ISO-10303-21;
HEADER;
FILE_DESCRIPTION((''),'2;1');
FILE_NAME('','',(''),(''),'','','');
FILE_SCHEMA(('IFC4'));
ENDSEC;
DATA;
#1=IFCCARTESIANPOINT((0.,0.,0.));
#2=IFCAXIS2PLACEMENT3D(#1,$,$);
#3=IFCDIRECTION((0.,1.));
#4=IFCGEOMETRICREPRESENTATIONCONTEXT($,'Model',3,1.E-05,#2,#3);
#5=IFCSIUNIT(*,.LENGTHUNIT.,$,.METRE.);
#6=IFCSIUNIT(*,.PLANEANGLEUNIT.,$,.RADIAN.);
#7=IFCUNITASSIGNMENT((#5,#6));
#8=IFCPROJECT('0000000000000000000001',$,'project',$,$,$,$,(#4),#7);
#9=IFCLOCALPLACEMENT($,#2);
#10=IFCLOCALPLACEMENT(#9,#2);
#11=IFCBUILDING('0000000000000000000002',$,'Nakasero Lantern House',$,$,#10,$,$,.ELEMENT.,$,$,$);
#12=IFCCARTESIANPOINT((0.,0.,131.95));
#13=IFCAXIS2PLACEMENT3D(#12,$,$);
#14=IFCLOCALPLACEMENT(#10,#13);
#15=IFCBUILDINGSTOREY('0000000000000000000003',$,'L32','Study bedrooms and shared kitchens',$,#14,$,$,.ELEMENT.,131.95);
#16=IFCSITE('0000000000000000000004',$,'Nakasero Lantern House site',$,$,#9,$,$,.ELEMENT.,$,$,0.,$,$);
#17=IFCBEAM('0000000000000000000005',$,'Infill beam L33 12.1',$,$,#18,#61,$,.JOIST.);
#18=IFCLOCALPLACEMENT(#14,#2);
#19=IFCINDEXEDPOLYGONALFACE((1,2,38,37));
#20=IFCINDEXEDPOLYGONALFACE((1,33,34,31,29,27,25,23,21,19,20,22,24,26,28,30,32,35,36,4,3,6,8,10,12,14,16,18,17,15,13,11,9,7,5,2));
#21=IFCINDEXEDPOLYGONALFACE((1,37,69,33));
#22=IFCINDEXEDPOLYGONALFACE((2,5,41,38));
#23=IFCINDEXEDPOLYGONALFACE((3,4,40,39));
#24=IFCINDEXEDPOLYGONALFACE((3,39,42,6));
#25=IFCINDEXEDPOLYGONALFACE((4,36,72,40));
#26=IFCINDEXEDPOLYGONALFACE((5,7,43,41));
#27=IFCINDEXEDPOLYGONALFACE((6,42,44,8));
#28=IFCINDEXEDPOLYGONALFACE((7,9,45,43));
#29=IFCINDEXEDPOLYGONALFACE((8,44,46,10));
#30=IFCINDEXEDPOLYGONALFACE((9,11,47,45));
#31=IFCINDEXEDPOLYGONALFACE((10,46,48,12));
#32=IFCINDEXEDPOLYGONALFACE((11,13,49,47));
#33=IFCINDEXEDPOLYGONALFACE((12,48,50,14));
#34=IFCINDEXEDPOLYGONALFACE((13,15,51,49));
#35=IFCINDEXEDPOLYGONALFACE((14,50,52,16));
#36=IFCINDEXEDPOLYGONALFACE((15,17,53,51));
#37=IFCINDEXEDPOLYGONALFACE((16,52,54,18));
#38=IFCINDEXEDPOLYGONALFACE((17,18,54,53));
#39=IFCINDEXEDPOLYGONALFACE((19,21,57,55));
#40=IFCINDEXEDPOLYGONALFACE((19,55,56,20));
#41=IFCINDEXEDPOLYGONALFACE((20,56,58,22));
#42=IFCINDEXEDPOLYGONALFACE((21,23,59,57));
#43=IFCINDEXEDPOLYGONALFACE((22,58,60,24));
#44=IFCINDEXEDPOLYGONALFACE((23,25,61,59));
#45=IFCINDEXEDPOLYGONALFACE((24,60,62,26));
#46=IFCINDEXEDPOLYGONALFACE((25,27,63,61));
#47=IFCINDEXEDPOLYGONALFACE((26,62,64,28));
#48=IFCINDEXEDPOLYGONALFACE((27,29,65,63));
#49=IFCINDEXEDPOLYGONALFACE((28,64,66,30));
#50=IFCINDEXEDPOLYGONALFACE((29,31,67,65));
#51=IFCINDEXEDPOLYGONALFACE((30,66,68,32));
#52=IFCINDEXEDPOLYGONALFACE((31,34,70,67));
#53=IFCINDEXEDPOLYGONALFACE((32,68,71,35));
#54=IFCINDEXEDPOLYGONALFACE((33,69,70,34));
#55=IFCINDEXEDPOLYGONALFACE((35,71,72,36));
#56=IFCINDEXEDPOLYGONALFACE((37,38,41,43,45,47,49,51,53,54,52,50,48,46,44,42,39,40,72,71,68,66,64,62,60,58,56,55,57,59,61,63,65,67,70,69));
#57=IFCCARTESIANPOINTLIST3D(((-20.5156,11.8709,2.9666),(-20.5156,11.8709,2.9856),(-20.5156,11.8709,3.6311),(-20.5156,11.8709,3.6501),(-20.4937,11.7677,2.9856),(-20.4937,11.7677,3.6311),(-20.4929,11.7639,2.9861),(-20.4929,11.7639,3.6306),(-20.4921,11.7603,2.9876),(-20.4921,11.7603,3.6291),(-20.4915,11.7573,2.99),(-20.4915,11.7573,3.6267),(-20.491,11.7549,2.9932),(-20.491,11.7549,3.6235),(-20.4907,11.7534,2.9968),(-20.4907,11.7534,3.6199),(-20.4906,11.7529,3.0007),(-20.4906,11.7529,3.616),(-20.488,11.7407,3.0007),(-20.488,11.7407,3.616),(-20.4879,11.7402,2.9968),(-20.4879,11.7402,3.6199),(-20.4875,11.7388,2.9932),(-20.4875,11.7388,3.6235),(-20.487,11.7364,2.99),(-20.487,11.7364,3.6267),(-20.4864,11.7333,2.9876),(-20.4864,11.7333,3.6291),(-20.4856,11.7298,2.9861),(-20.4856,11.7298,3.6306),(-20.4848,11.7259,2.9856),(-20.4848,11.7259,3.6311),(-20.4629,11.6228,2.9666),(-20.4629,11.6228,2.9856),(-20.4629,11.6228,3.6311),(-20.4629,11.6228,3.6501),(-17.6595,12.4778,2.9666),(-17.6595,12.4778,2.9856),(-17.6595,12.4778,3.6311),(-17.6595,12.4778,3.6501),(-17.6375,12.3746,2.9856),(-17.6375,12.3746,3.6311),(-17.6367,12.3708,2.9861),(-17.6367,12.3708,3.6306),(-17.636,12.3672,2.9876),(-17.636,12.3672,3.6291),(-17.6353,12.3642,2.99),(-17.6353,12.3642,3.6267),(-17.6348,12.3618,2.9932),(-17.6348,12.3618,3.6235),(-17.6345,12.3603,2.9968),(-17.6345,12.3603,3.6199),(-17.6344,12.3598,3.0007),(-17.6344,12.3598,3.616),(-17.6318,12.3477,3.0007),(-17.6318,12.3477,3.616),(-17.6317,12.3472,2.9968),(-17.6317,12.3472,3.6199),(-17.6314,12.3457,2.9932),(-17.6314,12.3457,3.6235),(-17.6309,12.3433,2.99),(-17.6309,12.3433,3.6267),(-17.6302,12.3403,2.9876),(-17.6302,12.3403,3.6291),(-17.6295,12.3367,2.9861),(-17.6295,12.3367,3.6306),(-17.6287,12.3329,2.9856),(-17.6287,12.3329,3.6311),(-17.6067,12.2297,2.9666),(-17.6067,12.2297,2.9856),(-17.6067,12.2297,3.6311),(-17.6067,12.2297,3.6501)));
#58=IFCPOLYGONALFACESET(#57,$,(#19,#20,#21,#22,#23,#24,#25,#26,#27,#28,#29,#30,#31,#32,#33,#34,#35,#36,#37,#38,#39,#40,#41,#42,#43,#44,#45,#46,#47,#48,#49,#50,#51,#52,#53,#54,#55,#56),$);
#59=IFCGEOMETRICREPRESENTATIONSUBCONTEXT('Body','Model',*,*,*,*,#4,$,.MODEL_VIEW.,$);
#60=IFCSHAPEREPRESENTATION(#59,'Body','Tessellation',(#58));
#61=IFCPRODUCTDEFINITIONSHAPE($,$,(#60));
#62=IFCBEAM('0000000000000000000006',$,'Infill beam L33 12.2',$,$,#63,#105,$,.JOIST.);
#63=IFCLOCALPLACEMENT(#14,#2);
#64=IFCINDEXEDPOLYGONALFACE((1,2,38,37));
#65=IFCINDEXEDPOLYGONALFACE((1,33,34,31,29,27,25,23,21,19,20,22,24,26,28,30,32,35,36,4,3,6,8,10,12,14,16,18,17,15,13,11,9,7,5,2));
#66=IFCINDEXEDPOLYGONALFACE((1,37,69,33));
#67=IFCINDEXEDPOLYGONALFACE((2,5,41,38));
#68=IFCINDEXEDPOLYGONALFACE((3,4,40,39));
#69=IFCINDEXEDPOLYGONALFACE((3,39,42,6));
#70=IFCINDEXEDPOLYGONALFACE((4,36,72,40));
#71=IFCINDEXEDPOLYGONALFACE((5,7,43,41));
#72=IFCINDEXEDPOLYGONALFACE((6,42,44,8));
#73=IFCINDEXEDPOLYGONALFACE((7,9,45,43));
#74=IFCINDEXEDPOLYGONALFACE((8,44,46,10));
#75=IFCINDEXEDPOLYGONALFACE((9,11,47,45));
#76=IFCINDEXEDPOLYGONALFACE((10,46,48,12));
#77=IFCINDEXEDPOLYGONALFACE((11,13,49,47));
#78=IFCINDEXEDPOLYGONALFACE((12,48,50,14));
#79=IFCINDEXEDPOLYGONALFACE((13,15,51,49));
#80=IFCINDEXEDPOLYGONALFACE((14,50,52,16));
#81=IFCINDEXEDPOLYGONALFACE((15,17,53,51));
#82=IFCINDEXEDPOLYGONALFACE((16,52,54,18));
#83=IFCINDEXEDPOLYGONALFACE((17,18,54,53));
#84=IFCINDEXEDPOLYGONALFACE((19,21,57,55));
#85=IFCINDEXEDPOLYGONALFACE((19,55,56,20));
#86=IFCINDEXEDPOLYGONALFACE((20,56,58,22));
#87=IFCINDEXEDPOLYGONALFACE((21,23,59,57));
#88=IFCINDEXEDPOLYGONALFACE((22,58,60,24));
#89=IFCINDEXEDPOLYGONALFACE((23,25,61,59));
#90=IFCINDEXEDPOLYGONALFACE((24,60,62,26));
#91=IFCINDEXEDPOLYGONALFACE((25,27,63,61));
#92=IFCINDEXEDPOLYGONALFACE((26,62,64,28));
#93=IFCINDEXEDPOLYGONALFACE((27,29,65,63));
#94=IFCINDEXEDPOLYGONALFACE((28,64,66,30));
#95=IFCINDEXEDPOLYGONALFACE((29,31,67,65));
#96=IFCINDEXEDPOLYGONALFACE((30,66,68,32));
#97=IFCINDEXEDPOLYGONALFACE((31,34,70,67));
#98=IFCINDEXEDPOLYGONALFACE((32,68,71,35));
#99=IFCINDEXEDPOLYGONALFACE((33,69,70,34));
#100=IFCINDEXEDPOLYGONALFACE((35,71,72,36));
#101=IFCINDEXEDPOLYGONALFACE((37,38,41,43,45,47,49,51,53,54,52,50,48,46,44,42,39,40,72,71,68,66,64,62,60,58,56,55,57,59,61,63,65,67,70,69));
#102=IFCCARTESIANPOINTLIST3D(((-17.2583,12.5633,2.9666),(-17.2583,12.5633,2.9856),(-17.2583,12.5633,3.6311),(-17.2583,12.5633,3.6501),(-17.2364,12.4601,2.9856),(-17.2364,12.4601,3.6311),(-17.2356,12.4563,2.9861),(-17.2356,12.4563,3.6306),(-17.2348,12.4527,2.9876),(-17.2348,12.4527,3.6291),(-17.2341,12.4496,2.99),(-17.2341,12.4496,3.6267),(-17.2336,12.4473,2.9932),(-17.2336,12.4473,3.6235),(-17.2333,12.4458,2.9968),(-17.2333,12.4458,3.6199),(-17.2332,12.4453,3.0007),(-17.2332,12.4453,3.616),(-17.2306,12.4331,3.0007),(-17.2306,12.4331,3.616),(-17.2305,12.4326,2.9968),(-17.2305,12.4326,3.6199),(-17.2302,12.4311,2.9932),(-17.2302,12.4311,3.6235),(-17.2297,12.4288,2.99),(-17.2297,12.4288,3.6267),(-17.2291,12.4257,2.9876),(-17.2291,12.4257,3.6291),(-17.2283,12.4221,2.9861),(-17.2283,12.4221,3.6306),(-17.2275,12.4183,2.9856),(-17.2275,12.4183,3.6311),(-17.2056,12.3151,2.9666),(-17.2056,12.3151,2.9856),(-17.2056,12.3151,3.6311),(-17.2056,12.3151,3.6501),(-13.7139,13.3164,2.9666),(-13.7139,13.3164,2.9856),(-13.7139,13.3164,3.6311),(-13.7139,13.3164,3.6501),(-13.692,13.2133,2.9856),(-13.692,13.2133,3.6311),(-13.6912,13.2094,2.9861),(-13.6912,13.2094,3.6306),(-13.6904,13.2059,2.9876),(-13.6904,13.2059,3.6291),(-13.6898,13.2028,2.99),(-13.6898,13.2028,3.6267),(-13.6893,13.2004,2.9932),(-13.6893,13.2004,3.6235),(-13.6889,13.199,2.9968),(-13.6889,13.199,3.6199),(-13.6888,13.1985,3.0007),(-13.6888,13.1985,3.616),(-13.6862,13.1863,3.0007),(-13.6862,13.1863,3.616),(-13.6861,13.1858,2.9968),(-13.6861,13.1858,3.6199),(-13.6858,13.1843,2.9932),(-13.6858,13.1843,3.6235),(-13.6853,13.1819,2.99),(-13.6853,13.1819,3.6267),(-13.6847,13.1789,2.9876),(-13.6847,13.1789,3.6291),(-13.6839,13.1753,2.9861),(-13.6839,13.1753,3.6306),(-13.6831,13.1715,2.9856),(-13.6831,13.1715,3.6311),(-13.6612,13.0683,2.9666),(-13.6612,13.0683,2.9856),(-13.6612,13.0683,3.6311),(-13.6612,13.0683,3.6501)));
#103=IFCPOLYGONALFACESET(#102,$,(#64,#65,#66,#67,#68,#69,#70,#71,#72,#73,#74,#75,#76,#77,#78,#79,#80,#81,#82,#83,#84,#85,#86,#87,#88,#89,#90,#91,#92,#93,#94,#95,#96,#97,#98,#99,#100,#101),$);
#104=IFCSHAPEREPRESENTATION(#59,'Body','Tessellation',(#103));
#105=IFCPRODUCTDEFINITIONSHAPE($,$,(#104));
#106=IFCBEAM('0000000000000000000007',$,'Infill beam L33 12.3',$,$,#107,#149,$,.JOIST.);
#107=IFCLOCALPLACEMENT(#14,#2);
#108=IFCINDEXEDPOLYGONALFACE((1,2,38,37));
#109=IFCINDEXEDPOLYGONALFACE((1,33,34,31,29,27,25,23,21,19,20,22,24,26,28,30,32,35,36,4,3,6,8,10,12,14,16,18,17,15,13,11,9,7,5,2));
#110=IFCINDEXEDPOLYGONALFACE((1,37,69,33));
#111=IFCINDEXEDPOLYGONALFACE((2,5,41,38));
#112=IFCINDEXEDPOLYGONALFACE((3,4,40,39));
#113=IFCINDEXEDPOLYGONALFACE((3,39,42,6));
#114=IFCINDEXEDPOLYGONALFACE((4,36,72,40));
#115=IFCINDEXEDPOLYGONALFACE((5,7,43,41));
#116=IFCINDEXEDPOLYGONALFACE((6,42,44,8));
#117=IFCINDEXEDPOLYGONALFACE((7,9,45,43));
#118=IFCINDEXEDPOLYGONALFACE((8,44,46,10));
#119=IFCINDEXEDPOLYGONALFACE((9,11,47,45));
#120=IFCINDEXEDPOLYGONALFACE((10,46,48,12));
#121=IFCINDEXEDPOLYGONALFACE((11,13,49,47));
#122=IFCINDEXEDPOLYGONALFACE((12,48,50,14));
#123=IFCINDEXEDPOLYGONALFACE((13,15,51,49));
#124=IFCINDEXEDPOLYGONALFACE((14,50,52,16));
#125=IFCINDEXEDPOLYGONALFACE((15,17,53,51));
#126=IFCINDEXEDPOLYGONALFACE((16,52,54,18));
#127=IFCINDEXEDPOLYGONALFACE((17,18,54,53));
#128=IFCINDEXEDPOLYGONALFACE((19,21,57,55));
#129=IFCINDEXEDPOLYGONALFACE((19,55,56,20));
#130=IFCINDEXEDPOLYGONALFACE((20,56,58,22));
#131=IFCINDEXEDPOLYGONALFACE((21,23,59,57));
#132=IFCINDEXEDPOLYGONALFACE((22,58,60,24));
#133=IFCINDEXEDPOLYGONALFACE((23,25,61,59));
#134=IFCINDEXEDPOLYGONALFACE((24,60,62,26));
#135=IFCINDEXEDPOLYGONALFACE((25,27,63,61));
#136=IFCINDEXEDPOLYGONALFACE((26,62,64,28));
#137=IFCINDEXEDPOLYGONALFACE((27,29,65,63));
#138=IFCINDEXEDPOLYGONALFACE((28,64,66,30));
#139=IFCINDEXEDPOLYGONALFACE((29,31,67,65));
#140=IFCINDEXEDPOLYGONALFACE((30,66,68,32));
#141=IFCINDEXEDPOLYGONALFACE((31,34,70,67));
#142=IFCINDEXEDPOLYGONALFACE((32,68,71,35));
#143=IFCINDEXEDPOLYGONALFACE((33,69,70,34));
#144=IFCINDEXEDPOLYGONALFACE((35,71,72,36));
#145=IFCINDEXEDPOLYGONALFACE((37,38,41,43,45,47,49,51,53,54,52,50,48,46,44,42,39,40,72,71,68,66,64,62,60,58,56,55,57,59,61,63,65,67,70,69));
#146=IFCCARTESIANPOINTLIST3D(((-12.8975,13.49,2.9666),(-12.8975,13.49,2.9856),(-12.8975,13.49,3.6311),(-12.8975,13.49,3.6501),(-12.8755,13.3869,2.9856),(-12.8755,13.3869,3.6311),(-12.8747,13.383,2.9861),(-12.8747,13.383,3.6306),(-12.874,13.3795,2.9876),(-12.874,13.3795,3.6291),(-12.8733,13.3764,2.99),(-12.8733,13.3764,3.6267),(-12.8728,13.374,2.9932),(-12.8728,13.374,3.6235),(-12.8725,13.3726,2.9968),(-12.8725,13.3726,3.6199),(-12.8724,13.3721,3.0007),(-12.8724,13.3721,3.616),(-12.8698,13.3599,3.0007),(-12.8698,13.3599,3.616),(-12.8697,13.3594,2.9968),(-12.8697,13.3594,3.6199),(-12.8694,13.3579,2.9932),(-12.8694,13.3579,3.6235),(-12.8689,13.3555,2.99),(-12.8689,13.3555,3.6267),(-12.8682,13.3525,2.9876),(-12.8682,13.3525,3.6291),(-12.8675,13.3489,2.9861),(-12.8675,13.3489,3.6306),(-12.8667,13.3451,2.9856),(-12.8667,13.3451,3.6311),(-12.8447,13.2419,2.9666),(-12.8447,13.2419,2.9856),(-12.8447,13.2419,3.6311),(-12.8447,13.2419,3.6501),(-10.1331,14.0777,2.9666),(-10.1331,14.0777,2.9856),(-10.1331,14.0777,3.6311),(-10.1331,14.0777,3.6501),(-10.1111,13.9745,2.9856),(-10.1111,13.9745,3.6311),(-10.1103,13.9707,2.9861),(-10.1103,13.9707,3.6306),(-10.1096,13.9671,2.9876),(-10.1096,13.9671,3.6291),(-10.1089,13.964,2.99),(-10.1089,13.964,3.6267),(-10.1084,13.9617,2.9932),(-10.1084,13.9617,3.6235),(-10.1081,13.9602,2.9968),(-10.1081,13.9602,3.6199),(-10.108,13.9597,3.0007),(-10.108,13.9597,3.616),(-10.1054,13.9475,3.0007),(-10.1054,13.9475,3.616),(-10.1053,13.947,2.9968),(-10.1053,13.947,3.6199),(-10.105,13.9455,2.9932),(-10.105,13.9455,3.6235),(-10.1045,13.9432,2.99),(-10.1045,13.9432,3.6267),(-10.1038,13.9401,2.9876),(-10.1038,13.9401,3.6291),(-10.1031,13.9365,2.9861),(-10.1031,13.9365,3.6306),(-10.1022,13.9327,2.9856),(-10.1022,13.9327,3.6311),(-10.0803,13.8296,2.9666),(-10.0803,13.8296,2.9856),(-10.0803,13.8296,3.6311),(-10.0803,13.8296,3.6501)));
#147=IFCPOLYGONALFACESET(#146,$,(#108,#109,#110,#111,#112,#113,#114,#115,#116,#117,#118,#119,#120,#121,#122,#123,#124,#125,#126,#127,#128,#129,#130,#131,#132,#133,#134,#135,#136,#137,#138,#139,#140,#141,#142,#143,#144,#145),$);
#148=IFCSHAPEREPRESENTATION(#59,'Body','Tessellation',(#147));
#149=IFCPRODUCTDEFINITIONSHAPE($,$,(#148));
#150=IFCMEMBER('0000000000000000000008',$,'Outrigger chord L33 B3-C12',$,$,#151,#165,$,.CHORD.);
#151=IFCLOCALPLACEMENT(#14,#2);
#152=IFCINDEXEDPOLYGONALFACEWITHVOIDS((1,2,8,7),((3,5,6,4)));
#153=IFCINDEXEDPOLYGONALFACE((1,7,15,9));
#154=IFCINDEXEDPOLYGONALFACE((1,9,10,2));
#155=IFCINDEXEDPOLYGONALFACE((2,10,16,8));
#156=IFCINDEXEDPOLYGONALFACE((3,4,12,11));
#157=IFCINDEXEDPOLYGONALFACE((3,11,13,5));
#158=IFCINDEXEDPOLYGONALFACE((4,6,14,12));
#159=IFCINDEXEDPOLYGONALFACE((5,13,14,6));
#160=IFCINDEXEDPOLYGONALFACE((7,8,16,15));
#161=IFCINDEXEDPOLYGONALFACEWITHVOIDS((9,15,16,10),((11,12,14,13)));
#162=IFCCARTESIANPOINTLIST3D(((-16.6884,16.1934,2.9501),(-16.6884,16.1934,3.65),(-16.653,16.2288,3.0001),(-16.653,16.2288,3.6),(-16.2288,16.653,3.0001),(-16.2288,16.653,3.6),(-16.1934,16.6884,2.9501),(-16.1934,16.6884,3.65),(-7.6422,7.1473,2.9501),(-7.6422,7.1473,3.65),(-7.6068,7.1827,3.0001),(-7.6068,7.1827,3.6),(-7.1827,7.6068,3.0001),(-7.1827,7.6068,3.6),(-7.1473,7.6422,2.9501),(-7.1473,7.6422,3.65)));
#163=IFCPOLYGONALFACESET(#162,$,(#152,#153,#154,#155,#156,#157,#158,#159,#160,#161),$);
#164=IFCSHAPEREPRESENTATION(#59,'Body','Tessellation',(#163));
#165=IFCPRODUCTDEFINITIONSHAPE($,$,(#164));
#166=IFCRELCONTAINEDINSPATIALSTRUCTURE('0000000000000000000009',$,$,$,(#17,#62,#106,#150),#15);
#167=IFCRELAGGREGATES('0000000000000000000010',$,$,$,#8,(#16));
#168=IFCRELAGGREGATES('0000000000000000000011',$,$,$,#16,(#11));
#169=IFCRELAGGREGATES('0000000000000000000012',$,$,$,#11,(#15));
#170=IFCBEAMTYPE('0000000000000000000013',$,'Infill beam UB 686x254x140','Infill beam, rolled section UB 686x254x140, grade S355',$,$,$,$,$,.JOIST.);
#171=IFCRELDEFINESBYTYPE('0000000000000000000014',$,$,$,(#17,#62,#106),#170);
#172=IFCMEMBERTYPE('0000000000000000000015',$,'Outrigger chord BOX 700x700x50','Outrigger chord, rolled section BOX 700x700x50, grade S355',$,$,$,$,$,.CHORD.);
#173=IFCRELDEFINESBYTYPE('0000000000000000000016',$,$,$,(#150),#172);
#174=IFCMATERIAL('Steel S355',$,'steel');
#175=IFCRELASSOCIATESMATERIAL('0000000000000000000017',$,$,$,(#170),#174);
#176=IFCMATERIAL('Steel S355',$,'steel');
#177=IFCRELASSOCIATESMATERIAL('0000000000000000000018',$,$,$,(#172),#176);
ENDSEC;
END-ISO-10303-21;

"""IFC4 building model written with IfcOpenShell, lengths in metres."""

from ifc_helpers import new_model, si_unit, direction, frame, origin, origin_2d, place, context, subcontext, project, spatial, hollow_rectangle, i_section, extrude, material, material_profile, profile_set, type_object, element, save


model = new_model("IFC4")

# Units and contexts
model_context = context("Model", 3, precision=1e-05, world=origin(), true_north=direction((0.0, 1.0)))
body_context = subcontext(model_context, "Body", "Model", "MODEL_VIEW")
ifc_project = project(units=[si_unit("LENGTHUNIT", "METRE"), si_unit("PLANEANGLEUNIT", "RADIAN")], contexts=[model_context])

# Site, building, storey
site_placement = place(None, origin())
site = spatial("IfcSite", under=ifc_project, at=site_placement, Name="Nakasero Lantern House site", CompositionType="ELEMENT", RefElevation=0.0)
building_placement = place(site_placement, origin())
building = spatial("IfcBuilding", under=site, at=building_placement, Name="Nakasero Lantern House", CompositionType="ELEMENT")
storey_placement = place(building_placement, frame((0.0, 0.0, 131.95)))
storey = spatial("IfcBuildingStorey", under=building, at=storey_placement, Name="L32", Description="Study bedrooms and shared kitchens", CompositionType="ELEMENT", Elevation=131.95)

# Beams
ifc_material_1 = material(Name="Steel S355", Category="steel")
ifc_material_profile_1 = material_profile(ifc_material_1, i_section(OverallWidth=0.2537, OverallDepth=0.6836, WebThickness=0.0125, FlangeThickness=0.019, FilletRadius=0.0151, at=origin_2d()), Name="UB 686x254x140")
ifc_profile_set_1 = profile_set([ifc_material_profile_1], Name="Steel S355")
beam_type_1 = type_object("IfcBeamType", Name="Infill beam UB 686x254x140", Description="Infill beam, rolled section UB 686x254x140, grade S355", PredefinedType="JOIST", material=ifc_profile_set_1)
beam_1_placement = place(storey_placement, frame((-20.4893, 11.7468, 3.3083), z_axis=(0.978159, 0.207856, 0.0), x_axis=(-0.207856, 0.978159, 0.0)))
element("IfcBeam", 1, at=beam_1_placement, inside=storey, type_object=beam_type_1, Name="Infill beam L33 12.1", PredefinedType="JOIST", context=body_context, shape_type="SweptSolid", body=[
    extrude(i_section(OverallWidth=0.2537, OverallDepth=0.6836, WebThickness=0.0125, FlangeThickness=0.019, FilletRadius=0.0151, at=origin_2d()), origin(), (0.0, 0.0, 1.0), 2.9199),
])
beam_2_placement = place(storey_placement, frame((-17.2319, 12.4392, 3.3083), z_axis=(0.97816, 0.207854, 0.0), x_axis=(-0.207854, 0.97816, 0.0)))
element("IfcBeam", 2, at=beam_2_placement, inside=storey, type_object=beam_type_1, Name="Infill beam L33 12.2", PredefinedType="JOIST", context=body_context, shape_type="SweptSolid", body=[
    extrude(i_section(OverallWidth=0.2537, OverallDepth=0.6836, WebThickness=0.0125, FlangeThickness=0.019, FilletRadius=0.0151, at=origin_2d()), origin(), (0.0, 0.0, 1.0), 3.6235),
])
beam_3_placement = place(storey_placement, frame((-12.8711, 13.366, 3.3083), z_axis=(0.978144, 0.20793, 0.0), x_axis=(-0.20793, 0.978144, 0.0)))
element("IfcBeam", 3, at=beam_3_placement, inside=storey, type_object=beam_type_1, Name="Infill beam L33 12.3", PredefinedType="JOIST", context=body_context, shape_type="SweptSolid", body=[
    extrude(i_section(OverallWidth=0.2537, OverallDepth=0.6836, WebThickness=0.0125, FlangeThickness=0.019, FilletRadius=0.0151, at=origin_2d()), origin(), (0.0, 0.0, 1.0), 2.8262),
])

# Member
ifc_material_2 = material(Name="Steel S355", Category="steel")
ifc_material_profile_2 = material_profile(ifc_material_2, hollow_rectangle(XDim=0.7, YDim=0.7, WallThickness=0.05, at=origin_2d()), Name="BOX 700x700x50")
ifc_profile_set_2 = profile_set([ifc_material_profile_2], Name="Steel S355")
member_type_1 = type_object("IfcMemberType", Name="Outrigger chord BOX 700x700x50", Description="Outrigger chord, rolled section BOX 700x700x50, grade S355", PredefinedType="CHORD", material=ifc_profile_set_2)
member_1_placement = place(storey_placement, frame((-16.4409, 16.4409, 3.3), z_axis=(0.707107, -0.707107, 0.0), x_axis=(0.707107, 0.707107, 0.0)))
element("IfcMember", 4, at=member_1_placement, inside=storey, type_object=member_type_1, Name="Outrigger chord L33 B3-C12", PredefinedType="CHORD", context=body_context, shape_type="SweptSolid", body=[
    extrude(hollow_rectangle(XDim=0.7, YDim=0.7, WallThickness=0.05, at=origin_2d()), origin(), (0.0, 0.0, 1.0), 12.7932),
])

save(model, "model.ifc")
